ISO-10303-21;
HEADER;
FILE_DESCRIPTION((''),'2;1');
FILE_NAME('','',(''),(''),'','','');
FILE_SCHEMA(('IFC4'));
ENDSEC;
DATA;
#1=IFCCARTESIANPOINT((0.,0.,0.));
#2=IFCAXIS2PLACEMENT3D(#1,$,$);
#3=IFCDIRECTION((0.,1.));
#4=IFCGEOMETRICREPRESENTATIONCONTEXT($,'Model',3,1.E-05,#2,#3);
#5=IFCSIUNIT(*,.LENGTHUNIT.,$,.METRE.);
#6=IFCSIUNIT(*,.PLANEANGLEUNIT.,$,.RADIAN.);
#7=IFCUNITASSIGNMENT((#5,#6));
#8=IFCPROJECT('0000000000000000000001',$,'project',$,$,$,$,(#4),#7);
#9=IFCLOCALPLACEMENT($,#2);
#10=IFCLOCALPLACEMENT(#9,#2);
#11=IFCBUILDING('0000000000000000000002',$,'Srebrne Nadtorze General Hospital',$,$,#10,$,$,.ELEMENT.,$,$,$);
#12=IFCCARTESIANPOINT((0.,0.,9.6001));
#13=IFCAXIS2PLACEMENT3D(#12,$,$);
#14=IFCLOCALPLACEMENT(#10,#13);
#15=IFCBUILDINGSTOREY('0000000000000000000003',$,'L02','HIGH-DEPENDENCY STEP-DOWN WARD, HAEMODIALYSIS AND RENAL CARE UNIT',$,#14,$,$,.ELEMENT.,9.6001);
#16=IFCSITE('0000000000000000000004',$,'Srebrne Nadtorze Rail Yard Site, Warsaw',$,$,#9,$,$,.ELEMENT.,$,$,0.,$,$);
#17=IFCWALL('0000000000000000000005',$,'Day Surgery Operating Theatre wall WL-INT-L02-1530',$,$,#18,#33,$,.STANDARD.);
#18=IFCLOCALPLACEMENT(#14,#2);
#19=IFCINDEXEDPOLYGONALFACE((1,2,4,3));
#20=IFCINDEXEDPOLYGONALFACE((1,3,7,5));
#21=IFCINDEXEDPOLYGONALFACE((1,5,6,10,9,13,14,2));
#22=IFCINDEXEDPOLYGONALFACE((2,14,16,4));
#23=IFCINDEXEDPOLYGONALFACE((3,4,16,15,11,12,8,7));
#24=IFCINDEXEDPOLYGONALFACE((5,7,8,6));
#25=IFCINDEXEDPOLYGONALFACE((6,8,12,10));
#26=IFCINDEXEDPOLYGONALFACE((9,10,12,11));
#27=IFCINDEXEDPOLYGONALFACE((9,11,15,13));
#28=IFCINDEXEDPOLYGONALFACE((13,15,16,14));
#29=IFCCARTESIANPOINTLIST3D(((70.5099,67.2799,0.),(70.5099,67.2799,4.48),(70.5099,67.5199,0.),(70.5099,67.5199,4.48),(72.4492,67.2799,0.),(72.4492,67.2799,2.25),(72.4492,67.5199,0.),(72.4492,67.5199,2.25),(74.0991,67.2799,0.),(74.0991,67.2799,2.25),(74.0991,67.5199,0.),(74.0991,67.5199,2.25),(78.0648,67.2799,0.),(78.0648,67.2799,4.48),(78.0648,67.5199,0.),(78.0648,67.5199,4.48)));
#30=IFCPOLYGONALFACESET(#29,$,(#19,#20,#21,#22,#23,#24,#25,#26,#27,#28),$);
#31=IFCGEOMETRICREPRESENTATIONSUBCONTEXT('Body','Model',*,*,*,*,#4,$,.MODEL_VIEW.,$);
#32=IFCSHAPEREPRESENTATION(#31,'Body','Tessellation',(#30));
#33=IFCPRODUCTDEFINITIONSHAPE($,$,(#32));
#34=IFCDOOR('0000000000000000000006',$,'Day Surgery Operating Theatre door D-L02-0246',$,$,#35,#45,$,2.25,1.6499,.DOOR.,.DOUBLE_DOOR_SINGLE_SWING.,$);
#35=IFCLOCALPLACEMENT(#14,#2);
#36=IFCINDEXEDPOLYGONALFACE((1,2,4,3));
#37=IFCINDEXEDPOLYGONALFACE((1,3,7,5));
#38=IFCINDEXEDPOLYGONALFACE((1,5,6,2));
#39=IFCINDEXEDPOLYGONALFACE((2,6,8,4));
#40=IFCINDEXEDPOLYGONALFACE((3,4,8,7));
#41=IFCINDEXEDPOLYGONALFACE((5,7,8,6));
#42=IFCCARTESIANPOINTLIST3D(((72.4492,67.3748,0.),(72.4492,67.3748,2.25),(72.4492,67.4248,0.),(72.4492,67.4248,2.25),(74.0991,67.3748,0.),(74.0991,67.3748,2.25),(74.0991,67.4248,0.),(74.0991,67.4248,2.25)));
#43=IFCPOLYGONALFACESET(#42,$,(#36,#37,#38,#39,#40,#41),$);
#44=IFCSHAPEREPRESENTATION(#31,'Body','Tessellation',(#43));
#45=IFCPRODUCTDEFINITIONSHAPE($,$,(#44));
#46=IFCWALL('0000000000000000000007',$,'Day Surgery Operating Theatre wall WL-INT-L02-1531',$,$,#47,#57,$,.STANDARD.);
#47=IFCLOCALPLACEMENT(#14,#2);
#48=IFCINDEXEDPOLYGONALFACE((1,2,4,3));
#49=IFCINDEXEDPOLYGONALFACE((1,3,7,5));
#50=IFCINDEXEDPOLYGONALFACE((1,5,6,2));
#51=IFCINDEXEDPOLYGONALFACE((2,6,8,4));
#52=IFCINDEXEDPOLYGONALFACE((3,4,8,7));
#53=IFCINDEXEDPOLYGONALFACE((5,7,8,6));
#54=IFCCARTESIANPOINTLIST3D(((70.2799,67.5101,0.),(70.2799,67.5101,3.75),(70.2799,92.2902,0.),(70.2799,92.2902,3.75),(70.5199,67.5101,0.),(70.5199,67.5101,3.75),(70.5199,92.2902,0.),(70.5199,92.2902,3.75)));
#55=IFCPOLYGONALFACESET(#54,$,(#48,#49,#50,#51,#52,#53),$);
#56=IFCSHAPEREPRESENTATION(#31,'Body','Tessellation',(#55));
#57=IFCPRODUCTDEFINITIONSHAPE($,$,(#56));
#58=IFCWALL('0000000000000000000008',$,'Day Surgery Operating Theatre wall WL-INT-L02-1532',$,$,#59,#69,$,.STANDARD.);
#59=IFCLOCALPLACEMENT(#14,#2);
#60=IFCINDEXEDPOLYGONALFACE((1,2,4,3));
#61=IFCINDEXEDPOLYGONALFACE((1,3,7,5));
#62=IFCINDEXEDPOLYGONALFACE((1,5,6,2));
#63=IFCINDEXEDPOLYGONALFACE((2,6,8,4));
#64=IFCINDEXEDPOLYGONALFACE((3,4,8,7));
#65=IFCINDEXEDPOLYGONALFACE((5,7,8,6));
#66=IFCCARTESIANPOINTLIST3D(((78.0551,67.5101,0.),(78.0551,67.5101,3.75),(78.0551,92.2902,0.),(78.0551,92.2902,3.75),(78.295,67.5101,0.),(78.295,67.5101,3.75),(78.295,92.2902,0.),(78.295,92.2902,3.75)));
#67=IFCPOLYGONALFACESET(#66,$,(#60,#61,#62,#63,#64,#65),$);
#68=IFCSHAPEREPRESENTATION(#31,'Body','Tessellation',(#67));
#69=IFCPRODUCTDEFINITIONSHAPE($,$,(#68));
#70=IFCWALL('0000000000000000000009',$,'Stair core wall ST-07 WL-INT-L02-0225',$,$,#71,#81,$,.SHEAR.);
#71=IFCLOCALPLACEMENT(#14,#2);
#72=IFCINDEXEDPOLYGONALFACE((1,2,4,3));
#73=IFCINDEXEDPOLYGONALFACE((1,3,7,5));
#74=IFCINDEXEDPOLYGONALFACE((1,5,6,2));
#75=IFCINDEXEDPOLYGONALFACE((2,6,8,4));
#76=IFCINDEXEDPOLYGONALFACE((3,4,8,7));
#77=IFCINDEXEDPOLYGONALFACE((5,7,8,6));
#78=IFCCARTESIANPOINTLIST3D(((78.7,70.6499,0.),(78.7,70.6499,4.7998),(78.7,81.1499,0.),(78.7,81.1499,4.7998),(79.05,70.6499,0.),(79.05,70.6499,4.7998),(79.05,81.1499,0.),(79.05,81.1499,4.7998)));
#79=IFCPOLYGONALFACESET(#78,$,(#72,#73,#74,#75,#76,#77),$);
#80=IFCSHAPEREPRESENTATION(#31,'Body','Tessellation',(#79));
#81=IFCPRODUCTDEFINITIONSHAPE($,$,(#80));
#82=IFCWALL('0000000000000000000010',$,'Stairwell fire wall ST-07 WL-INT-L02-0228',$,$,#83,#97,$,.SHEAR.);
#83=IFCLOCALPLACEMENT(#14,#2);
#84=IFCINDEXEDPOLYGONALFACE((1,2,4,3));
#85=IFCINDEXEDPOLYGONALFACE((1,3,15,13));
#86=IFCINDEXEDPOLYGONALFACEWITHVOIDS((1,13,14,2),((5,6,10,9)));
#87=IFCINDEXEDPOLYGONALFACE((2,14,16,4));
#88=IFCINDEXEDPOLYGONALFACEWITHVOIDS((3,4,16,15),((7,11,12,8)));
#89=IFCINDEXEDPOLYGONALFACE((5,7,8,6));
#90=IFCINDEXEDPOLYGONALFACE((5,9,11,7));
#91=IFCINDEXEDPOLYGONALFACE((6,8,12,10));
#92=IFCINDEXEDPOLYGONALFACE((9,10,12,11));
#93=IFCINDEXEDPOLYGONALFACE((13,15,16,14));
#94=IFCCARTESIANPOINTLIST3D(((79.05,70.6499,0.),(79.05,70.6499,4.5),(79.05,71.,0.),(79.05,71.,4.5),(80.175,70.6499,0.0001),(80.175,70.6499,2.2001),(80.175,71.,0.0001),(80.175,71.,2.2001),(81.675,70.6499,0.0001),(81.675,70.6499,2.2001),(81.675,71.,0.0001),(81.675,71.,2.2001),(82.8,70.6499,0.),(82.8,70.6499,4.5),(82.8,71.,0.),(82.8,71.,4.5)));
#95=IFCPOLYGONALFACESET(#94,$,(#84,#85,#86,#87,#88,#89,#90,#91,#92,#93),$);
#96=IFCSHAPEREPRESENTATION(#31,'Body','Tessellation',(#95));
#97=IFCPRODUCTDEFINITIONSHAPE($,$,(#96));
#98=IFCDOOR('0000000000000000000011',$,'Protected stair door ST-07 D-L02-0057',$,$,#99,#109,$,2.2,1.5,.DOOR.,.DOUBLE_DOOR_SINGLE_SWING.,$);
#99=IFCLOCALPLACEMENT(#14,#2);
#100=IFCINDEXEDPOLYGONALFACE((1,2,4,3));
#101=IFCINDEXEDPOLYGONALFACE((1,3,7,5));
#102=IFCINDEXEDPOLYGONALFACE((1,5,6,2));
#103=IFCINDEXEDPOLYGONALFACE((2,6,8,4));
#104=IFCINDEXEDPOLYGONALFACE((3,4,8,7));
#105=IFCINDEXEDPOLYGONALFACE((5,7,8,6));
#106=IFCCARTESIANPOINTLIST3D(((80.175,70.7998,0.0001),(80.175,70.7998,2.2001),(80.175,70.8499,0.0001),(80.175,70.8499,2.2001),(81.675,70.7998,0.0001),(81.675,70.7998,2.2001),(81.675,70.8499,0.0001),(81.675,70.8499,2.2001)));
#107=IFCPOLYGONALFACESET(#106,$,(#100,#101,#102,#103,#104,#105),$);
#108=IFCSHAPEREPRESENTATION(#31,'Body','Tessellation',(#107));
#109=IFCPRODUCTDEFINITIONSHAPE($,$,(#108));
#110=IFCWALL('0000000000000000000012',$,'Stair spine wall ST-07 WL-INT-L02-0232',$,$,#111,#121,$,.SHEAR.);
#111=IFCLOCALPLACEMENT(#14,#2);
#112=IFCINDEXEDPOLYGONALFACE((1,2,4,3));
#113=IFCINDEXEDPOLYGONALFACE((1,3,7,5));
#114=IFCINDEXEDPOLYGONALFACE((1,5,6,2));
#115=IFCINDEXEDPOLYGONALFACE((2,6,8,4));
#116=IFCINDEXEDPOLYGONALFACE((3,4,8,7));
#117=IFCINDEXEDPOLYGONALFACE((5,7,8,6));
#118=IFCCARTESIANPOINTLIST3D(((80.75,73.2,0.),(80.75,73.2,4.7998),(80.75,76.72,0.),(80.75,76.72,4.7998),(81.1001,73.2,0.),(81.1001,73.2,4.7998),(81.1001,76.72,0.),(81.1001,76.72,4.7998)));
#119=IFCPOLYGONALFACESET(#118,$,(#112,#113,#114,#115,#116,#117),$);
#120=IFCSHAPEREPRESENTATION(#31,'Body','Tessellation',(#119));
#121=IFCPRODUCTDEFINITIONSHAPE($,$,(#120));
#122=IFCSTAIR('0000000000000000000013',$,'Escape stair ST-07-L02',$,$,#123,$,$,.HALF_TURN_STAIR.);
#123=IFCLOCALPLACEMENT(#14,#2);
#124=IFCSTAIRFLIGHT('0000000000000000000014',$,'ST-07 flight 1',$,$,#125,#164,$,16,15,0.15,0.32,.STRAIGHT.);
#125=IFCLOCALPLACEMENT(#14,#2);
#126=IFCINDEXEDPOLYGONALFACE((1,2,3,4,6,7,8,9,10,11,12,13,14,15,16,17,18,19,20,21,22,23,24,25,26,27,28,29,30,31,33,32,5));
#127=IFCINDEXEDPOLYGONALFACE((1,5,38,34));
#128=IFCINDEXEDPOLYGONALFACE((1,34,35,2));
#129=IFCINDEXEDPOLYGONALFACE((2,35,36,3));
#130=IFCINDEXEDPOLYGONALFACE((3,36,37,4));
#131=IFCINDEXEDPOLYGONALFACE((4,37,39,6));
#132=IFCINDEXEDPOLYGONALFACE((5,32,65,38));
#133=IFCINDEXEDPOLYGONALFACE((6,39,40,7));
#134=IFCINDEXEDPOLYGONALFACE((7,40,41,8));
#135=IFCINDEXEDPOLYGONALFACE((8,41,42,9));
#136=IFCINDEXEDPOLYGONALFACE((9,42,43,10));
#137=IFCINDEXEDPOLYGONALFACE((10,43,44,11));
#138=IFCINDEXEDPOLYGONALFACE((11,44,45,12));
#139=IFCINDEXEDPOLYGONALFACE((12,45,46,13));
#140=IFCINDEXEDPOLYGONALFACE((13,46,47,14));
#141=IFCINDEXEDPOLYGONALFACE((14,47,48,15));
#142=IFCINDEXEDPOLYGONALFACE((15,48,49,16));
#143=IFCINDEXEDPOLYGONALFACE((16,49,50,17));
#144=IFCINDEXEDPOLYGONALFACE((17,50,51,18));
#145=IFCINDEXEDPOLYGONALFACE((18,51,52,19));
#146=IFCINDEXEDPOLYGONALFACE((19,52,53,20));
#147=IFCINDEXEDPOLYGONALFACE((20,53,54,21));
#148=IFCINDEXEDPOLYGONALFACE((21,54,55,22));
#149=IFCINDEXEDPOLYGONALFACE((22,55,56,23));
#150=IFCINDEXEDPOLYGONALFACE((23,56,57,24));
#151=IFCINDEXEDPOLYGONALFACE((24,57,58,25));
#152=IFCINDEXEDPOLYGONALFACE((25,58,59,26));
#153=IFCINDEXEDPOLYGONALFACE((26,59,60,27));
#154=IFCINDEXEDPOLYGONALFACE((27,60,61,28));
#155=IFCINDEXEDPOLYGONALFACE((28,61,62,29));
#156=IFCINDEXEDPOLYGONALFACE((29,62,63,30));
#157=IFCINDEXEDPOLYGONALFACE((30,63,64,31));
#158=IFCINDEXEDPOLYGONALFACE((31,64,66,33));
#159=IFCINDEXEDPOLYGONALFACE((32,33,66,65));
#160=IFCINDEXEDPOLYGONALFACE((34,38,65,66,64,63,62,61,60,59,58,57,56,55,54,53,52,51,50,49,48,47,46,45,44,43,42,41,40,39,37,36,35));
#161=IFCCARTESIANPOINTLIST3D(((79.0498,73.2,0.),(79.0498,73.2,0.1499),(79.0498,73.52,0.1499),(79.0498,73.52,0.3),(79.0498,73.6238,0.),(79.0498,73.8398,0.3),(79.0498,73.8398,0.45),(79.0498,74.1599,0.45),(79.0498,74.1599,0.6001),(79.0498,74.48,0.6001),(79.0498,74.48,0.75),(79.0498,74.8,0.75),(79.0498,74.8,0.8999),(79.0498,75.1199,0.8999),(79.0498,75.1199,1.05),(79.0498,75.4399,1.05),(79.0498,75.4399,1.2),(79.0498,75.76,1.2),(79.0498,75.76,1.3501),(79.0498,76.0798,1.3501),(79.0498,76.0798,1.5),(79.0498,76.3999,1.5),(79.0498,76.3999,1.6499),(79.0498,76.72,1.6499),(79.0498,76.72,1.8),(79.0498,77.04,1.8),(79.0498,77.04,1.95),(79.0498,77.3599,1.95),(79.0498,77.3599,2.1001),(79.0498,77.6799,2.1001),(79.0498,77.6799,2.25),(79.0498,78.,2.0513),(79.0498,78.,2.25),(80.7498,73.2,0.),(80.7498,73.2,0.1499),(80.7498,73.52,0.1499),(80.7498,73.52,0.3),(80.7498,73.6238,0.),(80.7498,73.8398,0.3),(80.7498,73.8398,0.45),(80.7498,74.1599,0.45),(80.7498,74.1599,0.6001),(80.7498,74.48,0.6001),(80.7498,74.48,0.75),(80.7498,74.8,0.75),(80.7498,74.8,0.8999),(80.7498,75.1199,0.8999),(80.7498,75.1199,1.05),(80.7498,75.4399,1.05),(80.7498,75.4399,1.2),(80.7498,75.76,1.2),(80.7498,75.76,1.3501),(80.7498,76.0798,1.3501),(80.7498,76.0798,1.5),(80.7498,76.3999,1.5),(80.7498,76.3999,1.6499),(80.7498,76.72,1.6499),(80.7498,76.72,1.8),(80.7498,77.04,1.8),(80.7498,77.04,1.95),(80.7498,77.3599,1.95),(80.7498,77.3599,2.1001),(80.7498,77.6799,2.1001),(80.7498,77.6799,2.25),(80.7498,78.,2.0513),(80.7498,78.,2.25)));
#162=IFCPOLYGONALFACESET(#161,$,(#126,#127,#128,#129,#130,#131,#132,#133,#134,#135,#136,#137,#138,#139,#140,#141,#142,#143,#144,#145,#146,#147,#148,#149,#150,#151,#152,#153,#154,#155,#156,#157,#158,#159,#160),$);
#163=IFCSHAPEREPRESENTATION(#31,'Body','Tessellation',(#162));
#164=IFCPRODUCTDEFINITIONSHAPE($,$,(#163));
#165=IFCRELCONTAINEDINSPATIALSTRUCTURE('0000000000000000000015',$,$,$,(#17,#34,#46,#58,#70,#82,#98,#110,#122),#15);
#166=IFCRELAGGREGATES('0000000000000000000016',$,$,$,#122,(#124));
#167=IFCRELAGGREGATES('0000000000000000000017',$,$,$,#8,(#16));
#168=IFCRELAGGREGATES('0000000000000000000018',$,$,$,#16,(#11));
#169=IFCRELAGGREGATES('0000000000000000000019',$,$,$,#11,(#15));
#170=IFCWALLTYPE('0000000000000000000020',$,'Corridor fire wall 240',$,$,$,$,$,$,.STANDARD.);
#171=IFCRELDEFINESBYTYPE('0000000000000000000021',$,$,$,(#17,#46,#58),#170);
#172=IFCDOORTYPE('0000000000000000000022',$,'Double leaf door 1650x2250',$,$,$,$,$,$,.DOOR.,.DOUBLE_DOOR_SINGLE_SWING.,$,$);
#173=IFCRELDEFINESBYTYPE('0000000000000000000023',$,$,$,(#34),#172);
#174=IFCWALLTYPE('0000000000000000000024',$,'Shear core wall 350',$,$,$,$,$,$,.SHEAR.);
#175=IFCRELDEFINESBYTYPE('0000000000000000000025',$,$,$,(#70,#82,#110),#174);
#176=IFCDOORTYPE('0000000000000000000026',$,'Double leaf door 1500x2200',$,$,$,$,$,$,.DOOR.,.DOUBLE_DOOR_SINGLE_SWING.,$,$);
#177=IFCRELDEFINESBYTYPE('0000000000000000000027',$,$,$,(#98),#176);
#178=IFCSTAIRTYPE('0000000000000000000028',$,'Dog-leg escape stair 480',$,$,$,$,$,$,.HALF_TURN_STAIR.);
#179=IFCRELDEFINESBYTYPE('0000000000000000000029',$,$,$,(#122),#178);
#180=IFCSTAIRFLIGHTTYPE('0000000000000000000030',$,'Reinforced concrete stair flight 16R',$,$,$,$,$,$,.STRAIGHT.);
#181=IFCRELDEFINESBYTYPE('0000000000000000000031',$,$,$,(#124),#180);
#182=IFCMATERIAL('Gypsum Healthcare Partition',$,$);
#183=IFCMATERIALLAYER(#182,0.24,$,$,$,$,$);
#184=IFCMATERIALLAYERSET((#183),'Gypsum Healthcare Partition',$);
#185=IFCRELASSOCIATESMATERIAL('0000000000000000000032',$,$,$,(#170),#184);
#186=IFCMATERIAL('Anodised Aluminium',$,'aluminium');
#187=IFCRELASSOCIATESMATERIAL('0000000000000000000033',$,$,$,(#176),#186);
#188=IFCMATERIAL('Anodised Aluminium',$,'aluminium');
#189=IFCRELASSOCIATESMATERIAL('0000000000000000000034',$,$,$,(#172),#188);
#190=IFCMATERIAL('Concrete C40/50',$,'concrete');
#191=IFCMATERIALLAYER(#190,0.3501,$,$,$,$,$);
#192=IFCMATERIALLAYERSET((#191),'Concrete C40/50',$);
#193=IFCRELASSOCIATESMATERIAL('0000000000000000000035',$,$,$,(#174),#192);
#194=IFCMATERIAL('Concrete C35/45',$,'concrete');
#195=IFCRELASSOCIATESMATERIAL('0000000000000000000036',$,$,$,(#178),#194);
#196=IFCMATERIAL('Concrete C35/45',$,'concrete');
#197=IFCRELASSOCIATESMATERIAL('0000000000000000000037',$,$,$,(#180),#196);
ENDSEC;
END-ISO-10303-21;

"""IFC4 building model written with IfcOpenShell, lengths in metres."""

from ifc_helpers import new_model, si_unit, direction, frame, frame_2d, origin, place, context, subcontext, project, spatial, polyline, rectangle, outline, extrude, material, layer, layer_set, type_object, element, fill, aggregate, save


model = new_model("IFC4")

# Units and contexts
model_context = context("Model", 3, precision=1e-05, world=origin(), true_north=direction((0.0, 1.0)))
body_context = subcontext(model_context, "Body", "Model", "MODEL_VIEW")
ifc_project = project(units=[si_unit("LENGTHUNIT", "METRE"), si_unit("PLANEANGLEUNIT", "RADIAN")], contexts=[model_context])

# Site, building, storey
site_placement = place(None, origin())
site = spatial("IfcSite", under=ifc_project, at=site_placement, Name="Srebrne Nadtorze Rail Yard Site, Warsaw", CompositionType="ELEMENT", RefElevation=0.0)
building_placement = place(site_placement, origin())
building = spatial("IfcBuilding", under=site, at=building_placement, Name="Srebrne Nadtorze General Hospital", CompositionType="ELEMENT")
storey_placement = place(building_placement, frame((0.0, 0.0, 9.6001)))
storey = spatial("IfcBuildingStorey", under=building, at=storey_placement, Name="L02", Description="HIGH-DEPENDENCY STEP-DOWN WARD, HAEMODIALYSIS AND RENAL CARE UNIT", CompositionType="ELEMENT", Elevation=9.6001)

# Shared definitions
ifc_material_1 = material(Name="Gypsum Healthcare Partition")
ifc_layer_1 = layer(ifc_material_1, 0.24)
ifc_layer_set_1 = layer_set([ifc_layer_1], Name="Gypsum Healthcare Partition")
wall_type_1 = type_object("IfcWallType", Name="Corridor fire wall 240", PredefinedType="STANDARD", material=ifc_layer_set_1)

# Wall, opening, door
ifc_material_2 = material(Name="Anodised Aluminium", Category="aluminium")
door_type_1 = type_object("IfcDoorType", Name="Double leaf door 1500x2200", OperationType="DOUBLE_DOOR_SINGLE_SWING", PredefinedType="DOOR", material=ifc_material_2)
wall_1_placement = place(storey_placement, frame((70.51, 67.3999, 0.0), z_axis=(0.0, 0.0, 1.0), x_axis=(1.0, 0.0, 0.0)))
wall_1 = element("IfcWall", 1, at=wall_1_placement, inside=storey, type_object=wall_type_1, Name="Day Surgery Operating Theatre wall WL-INT-L02-1530", PredefinedType="STANDARD", context=body_context, shape_type="SweptSolid", body=[
    extrude(rectangle(XDim=7.5549, YDim=0.24, at=frame_2d((3.7773, 0.0))), origin(), (0.0, 0.0, 1.0), 4.48),
])
opening_1_placement = place(wall_1_placement, frame((1.9392, 0.0, 0.0)))
opening_1 = element("IfcOpeningElement", 2, at=opening_1_placement, cuts=wall_1, PredefinedType="OPENING", context=body_context, shape_type="SweptSolid", body=[
    extrude(rectangle(XDim=1.6499, YDim=2.25, at=frame_2d((0.825, 1.125))), frame((0.0, 0.1318, 0.0), z_axis=(0.0, -1.0, 0.0), x_axis=(1.0, 0.0, 0.0)), (0.0, 0.0, 1.0), 0.2639),
])
ifc_material_3 = material(Name="Anodised Aluminium", Category="aluminium")
door_type_2 = type_object("IfcDoorType", Name="Double leaf door 1650x2250", OperationType="DOUBLE_DOOR_SINGLE_SWING", PredefinedType="DOOR", material=ifc_material_3)
door_1_placement = place(opening_1_placement, origin())
door_1 = element("IfcDoor", 3, at=door_1_placement, inside=storey, type_object=door_type_2, Name="Day Surgery Operating Theatre door D-L02-0246", OperationType="DOUBLE_DOOR_SINGLE_SWING", OverallHeight=2.25, OverallWidth=1.6499, PredefinedType="DOOR", context=body_context, shape_type="SweptSolid", body=[
    extrude(rectangle(XDim=1.6499, YDim=2.25, at=frame_2d((0.825, 1.125))), frame((0.0, 0.0249, 0.0), z_axis=(0.0, -1.0, 0.0), x_axis=(1.0, 0.0, 0.0)), (0.0, 0.0, 1.0), 0.05),
])
fill(opening_1, door_1)

# Walls
for number, where, z_axis, x_axis, name in (
    (4, (70.3999, 67.51, 0.0), (0.0, 0.0, 1.0), (0.0, 1.0, 0.0), "Day Surgery Operating Theatre wall WL-INT-L02-1531"),
    (5, (78.175, 67.51, 0.0), (0.0, 0.0, 1.0), (0.0, 1.0, 0.0), "Day Surgery Operating Theatre wall WL-INT-L02-1532"),
):
    element("IfcWall", number, at=place(storey_placement, frame(where, z_axis=z_axis, x_axis=x_axis)), inside=storey, type_object=wall_type_1, Name=name, PredefinedType="STANDARD", context=body_context, shape_type="SweptSolid", body=[
        extrude(rectangle(XDim=24.78, YDim=0.24, at=frame_2d((12.3901, 0.0))), origin(), (0.0, 0.0, 1.0), 3.75),
    ])
ifc_material_4 = material(Name="Concrete C40/50", Category="concrete")
ifc_layer_2 = layer(ifc_material_4, 0.3501)
ifc_layer_set_2 = layer_set([ifc_layer_2], Name="Concrete C40/50")
wall_type_2 = type_object("IfcWallType", Name="Shear core wall 350", PredefinedType="SHEAR", material=ifc_layer_set_2)
wall_2_placement = place(storey_placement, frame((78.875, 70.6499, 0.0), z_axis=(0.0, 0.0, 1.0), x_axis=(0.0, 1.0, 0.0)))
element("IfcWall", 6, at=wall_2_placement, inside=storey, type_object=wall_type_2, Name="Stair core wall ST-07 WL-INT-L02-0225", PredefinedType="SHEAR", context=body_context, shape_type="SweptSolid", body=[
    extrude(rectangle(XDim=10.5, YDim=0.3501, at=frame_2d((5.25, 0.0))), origin(), (0.0, 0.0, 1.0), 4.7998),
])

# Wall, opening, door
wall_3_placement = place(storey_placement, frame((79.05, 70.825, 0.0), z_axis=(0.0, 0.0, 1.0), x_axis=(1.0, 0.0, 0.0)))
wall_3 = element("IfcWall", 7, at=wall_3_placement, inside=storey, type_object=wall_type_2, Name="Stairwell fire wall ST-07 WL-INT-L02-0228", PredefinedType="SHEAR", context=body_context, shape_type="SweptSolid", body=[
    extrude(rectangle(XDim=3.75, YDim=0.3501, at=frame_2d((1.875, 0.0))), origin(), (0.0, 0.0, 1.0), 4.5),
])
opening_2_placement = place(wall_3_placement, frame((1.125, 0.0, 0.0)))
opening_2 = element("IfcOpeningElement", 8, at=opening_2_placement, cuts=wall_3, PredefinedType="OPENING", context=body_context, shape_type="SweptSolid", body=[
    extrude(rectangle(XDim=1.5, YDim=2.2, at=frame_2d((0.75, 1.1001))), frame((0.0, 0.187, 0.0), z_axis=(0.0, -1.0, 0.0), x_axis=(1.0, 0.0, 0.0)), (0.0, 0.0, 1.0), 0.374),
])
door_2_placement = place(opening_2_placement, origin())
door_2 = element("IfcDoor", 9, at=door_2_placement, inside=storey, type_object=door_type_1, Name="Protected stair door ST-07 D-L02-0057", OperationType="DOUBLE_DOOR_SINGLE_SWING", OverallHeight=2.2, OverallWidth=1.5, PredefinedType="DOOR", context=body_context, shape_type="SweptSolid", body=[
    extrude(rectangle(XDim=1.5, YDim=2.2, at=frame_2d((0.75, 1.1001))), frame((0.0, 0.0249, 0.0), z_axis=(0.0, -1.0, 0.0), x_axis=(1.0, 0.0, 0.0)), (0.0, 0.0, 1.0), 0.05),
])
fill(opening_2, door_2)

# Wall
wall_4_placement = place(storey_placement, frame((80.925, 73.2, 0.0), z_axis=(0.0, 0.0, 1.0), x_axis=(0.0, 1.0, 0.0)))
element("IfcWall", 10, at=wall_4_placement, inside=storey, type_object=wall_type_2, Name="Stair spine wall ST-07 WL-INT-L02-0232", PredefinedType="SHEAR", context=body_context, shape_type="SweptSolid", body=[
    extrude(rectangle(XDim=3.52, YDim=0.3501, at=frame_2d((1.76, 0.0))), origin(), (0.0, 0.0, 1.0), 4.7998),
])

# Stair, stair flight
ifc_material_5 = material(Name="Concrete C35/45", Category="concrete")
stair_type = type_object("IfcStairType", Name="Dog-leg escape stair 480", PredefinedType="HALF_TURN_STAIR", material=ifc_material_5)
stair_placement = place(storey_placement, origin())
stair = element("IfcStair", 11, at=stair_placement, inside=storey, type_object=stair_type, Name="Escape stair ST-07-L02", PredefinedType="HALF_TURN_STAIR")
ifc_material_6 = material(Name="Concrete C35/45", Category="concrete")
stair_flight_type = type_object("IfcStairFlightType", Name="Reinforced concrete stair flight 16R", PredefinedType="STRAIGHT", material=ifc_material_6)
stair_flight_placement = place(storey_placement, frame((79.8999, 73.2, 0.0), z_axis=(0.0, 0.0, 1.0), x_axis=(0.0, 1.0, 0.0)))
stair_flight = element("IfcStairFlight", 12, at=stair_flight_placement, type_object=stair_flight_type, Name="ST-07 flight 1", NumberOfRisers=16, NumberOfTreads=15, PredefinedType="STRAIGHT", RiserHeight=0.15, TreadLength=0.32, context=body_context, shape_type="SweptSolid", body=[
    extrude(outline(polyline([(0.0, 0.0), (0.0, 0.1499), (0.3201, 0.1499), (0.3201, 0.3), (0.6399, 0.3), (0.6399, 0.45), (0.96, 0.45), (0.96, 0.6001), (1.28, 0.6001), (1.28, 0.75), (1.6001, 0.75), (1.6001, 0.8999), (1.9199, 0.8999), (1.9199, 1.05), (2.24, 1.05), (2.24, 1.2), (2.5601, 1.2), (2.5601, 1.3501), (2.8799, 1.3501), (2.8799, 1.5), (3.2, 1.5), (3.2, 1.6499), (3.52, 1.6499), (3.52, 1.8), (3.8401, 1.8), (3.8401, 1.95), (4.1599, 1.95), (4.1599, 2.1001), (4.48, 2.1001), (4.48, 2.25), (4.8, 2.25), (4.8, 2.3999), (4.8, 2.0513), (0.4238, 0.0), (0.0, 0.0)])), frame((0.0, 0.8501, 0.0), z_axis=(0.0, -1.0, 0.0), x_axis=(1.0, 0.0, 0.0)), (0.0, 0.0, 1.0), 1.7),
])
aggregate(stair, [stair_flight])

save(model, "model.ifc")
